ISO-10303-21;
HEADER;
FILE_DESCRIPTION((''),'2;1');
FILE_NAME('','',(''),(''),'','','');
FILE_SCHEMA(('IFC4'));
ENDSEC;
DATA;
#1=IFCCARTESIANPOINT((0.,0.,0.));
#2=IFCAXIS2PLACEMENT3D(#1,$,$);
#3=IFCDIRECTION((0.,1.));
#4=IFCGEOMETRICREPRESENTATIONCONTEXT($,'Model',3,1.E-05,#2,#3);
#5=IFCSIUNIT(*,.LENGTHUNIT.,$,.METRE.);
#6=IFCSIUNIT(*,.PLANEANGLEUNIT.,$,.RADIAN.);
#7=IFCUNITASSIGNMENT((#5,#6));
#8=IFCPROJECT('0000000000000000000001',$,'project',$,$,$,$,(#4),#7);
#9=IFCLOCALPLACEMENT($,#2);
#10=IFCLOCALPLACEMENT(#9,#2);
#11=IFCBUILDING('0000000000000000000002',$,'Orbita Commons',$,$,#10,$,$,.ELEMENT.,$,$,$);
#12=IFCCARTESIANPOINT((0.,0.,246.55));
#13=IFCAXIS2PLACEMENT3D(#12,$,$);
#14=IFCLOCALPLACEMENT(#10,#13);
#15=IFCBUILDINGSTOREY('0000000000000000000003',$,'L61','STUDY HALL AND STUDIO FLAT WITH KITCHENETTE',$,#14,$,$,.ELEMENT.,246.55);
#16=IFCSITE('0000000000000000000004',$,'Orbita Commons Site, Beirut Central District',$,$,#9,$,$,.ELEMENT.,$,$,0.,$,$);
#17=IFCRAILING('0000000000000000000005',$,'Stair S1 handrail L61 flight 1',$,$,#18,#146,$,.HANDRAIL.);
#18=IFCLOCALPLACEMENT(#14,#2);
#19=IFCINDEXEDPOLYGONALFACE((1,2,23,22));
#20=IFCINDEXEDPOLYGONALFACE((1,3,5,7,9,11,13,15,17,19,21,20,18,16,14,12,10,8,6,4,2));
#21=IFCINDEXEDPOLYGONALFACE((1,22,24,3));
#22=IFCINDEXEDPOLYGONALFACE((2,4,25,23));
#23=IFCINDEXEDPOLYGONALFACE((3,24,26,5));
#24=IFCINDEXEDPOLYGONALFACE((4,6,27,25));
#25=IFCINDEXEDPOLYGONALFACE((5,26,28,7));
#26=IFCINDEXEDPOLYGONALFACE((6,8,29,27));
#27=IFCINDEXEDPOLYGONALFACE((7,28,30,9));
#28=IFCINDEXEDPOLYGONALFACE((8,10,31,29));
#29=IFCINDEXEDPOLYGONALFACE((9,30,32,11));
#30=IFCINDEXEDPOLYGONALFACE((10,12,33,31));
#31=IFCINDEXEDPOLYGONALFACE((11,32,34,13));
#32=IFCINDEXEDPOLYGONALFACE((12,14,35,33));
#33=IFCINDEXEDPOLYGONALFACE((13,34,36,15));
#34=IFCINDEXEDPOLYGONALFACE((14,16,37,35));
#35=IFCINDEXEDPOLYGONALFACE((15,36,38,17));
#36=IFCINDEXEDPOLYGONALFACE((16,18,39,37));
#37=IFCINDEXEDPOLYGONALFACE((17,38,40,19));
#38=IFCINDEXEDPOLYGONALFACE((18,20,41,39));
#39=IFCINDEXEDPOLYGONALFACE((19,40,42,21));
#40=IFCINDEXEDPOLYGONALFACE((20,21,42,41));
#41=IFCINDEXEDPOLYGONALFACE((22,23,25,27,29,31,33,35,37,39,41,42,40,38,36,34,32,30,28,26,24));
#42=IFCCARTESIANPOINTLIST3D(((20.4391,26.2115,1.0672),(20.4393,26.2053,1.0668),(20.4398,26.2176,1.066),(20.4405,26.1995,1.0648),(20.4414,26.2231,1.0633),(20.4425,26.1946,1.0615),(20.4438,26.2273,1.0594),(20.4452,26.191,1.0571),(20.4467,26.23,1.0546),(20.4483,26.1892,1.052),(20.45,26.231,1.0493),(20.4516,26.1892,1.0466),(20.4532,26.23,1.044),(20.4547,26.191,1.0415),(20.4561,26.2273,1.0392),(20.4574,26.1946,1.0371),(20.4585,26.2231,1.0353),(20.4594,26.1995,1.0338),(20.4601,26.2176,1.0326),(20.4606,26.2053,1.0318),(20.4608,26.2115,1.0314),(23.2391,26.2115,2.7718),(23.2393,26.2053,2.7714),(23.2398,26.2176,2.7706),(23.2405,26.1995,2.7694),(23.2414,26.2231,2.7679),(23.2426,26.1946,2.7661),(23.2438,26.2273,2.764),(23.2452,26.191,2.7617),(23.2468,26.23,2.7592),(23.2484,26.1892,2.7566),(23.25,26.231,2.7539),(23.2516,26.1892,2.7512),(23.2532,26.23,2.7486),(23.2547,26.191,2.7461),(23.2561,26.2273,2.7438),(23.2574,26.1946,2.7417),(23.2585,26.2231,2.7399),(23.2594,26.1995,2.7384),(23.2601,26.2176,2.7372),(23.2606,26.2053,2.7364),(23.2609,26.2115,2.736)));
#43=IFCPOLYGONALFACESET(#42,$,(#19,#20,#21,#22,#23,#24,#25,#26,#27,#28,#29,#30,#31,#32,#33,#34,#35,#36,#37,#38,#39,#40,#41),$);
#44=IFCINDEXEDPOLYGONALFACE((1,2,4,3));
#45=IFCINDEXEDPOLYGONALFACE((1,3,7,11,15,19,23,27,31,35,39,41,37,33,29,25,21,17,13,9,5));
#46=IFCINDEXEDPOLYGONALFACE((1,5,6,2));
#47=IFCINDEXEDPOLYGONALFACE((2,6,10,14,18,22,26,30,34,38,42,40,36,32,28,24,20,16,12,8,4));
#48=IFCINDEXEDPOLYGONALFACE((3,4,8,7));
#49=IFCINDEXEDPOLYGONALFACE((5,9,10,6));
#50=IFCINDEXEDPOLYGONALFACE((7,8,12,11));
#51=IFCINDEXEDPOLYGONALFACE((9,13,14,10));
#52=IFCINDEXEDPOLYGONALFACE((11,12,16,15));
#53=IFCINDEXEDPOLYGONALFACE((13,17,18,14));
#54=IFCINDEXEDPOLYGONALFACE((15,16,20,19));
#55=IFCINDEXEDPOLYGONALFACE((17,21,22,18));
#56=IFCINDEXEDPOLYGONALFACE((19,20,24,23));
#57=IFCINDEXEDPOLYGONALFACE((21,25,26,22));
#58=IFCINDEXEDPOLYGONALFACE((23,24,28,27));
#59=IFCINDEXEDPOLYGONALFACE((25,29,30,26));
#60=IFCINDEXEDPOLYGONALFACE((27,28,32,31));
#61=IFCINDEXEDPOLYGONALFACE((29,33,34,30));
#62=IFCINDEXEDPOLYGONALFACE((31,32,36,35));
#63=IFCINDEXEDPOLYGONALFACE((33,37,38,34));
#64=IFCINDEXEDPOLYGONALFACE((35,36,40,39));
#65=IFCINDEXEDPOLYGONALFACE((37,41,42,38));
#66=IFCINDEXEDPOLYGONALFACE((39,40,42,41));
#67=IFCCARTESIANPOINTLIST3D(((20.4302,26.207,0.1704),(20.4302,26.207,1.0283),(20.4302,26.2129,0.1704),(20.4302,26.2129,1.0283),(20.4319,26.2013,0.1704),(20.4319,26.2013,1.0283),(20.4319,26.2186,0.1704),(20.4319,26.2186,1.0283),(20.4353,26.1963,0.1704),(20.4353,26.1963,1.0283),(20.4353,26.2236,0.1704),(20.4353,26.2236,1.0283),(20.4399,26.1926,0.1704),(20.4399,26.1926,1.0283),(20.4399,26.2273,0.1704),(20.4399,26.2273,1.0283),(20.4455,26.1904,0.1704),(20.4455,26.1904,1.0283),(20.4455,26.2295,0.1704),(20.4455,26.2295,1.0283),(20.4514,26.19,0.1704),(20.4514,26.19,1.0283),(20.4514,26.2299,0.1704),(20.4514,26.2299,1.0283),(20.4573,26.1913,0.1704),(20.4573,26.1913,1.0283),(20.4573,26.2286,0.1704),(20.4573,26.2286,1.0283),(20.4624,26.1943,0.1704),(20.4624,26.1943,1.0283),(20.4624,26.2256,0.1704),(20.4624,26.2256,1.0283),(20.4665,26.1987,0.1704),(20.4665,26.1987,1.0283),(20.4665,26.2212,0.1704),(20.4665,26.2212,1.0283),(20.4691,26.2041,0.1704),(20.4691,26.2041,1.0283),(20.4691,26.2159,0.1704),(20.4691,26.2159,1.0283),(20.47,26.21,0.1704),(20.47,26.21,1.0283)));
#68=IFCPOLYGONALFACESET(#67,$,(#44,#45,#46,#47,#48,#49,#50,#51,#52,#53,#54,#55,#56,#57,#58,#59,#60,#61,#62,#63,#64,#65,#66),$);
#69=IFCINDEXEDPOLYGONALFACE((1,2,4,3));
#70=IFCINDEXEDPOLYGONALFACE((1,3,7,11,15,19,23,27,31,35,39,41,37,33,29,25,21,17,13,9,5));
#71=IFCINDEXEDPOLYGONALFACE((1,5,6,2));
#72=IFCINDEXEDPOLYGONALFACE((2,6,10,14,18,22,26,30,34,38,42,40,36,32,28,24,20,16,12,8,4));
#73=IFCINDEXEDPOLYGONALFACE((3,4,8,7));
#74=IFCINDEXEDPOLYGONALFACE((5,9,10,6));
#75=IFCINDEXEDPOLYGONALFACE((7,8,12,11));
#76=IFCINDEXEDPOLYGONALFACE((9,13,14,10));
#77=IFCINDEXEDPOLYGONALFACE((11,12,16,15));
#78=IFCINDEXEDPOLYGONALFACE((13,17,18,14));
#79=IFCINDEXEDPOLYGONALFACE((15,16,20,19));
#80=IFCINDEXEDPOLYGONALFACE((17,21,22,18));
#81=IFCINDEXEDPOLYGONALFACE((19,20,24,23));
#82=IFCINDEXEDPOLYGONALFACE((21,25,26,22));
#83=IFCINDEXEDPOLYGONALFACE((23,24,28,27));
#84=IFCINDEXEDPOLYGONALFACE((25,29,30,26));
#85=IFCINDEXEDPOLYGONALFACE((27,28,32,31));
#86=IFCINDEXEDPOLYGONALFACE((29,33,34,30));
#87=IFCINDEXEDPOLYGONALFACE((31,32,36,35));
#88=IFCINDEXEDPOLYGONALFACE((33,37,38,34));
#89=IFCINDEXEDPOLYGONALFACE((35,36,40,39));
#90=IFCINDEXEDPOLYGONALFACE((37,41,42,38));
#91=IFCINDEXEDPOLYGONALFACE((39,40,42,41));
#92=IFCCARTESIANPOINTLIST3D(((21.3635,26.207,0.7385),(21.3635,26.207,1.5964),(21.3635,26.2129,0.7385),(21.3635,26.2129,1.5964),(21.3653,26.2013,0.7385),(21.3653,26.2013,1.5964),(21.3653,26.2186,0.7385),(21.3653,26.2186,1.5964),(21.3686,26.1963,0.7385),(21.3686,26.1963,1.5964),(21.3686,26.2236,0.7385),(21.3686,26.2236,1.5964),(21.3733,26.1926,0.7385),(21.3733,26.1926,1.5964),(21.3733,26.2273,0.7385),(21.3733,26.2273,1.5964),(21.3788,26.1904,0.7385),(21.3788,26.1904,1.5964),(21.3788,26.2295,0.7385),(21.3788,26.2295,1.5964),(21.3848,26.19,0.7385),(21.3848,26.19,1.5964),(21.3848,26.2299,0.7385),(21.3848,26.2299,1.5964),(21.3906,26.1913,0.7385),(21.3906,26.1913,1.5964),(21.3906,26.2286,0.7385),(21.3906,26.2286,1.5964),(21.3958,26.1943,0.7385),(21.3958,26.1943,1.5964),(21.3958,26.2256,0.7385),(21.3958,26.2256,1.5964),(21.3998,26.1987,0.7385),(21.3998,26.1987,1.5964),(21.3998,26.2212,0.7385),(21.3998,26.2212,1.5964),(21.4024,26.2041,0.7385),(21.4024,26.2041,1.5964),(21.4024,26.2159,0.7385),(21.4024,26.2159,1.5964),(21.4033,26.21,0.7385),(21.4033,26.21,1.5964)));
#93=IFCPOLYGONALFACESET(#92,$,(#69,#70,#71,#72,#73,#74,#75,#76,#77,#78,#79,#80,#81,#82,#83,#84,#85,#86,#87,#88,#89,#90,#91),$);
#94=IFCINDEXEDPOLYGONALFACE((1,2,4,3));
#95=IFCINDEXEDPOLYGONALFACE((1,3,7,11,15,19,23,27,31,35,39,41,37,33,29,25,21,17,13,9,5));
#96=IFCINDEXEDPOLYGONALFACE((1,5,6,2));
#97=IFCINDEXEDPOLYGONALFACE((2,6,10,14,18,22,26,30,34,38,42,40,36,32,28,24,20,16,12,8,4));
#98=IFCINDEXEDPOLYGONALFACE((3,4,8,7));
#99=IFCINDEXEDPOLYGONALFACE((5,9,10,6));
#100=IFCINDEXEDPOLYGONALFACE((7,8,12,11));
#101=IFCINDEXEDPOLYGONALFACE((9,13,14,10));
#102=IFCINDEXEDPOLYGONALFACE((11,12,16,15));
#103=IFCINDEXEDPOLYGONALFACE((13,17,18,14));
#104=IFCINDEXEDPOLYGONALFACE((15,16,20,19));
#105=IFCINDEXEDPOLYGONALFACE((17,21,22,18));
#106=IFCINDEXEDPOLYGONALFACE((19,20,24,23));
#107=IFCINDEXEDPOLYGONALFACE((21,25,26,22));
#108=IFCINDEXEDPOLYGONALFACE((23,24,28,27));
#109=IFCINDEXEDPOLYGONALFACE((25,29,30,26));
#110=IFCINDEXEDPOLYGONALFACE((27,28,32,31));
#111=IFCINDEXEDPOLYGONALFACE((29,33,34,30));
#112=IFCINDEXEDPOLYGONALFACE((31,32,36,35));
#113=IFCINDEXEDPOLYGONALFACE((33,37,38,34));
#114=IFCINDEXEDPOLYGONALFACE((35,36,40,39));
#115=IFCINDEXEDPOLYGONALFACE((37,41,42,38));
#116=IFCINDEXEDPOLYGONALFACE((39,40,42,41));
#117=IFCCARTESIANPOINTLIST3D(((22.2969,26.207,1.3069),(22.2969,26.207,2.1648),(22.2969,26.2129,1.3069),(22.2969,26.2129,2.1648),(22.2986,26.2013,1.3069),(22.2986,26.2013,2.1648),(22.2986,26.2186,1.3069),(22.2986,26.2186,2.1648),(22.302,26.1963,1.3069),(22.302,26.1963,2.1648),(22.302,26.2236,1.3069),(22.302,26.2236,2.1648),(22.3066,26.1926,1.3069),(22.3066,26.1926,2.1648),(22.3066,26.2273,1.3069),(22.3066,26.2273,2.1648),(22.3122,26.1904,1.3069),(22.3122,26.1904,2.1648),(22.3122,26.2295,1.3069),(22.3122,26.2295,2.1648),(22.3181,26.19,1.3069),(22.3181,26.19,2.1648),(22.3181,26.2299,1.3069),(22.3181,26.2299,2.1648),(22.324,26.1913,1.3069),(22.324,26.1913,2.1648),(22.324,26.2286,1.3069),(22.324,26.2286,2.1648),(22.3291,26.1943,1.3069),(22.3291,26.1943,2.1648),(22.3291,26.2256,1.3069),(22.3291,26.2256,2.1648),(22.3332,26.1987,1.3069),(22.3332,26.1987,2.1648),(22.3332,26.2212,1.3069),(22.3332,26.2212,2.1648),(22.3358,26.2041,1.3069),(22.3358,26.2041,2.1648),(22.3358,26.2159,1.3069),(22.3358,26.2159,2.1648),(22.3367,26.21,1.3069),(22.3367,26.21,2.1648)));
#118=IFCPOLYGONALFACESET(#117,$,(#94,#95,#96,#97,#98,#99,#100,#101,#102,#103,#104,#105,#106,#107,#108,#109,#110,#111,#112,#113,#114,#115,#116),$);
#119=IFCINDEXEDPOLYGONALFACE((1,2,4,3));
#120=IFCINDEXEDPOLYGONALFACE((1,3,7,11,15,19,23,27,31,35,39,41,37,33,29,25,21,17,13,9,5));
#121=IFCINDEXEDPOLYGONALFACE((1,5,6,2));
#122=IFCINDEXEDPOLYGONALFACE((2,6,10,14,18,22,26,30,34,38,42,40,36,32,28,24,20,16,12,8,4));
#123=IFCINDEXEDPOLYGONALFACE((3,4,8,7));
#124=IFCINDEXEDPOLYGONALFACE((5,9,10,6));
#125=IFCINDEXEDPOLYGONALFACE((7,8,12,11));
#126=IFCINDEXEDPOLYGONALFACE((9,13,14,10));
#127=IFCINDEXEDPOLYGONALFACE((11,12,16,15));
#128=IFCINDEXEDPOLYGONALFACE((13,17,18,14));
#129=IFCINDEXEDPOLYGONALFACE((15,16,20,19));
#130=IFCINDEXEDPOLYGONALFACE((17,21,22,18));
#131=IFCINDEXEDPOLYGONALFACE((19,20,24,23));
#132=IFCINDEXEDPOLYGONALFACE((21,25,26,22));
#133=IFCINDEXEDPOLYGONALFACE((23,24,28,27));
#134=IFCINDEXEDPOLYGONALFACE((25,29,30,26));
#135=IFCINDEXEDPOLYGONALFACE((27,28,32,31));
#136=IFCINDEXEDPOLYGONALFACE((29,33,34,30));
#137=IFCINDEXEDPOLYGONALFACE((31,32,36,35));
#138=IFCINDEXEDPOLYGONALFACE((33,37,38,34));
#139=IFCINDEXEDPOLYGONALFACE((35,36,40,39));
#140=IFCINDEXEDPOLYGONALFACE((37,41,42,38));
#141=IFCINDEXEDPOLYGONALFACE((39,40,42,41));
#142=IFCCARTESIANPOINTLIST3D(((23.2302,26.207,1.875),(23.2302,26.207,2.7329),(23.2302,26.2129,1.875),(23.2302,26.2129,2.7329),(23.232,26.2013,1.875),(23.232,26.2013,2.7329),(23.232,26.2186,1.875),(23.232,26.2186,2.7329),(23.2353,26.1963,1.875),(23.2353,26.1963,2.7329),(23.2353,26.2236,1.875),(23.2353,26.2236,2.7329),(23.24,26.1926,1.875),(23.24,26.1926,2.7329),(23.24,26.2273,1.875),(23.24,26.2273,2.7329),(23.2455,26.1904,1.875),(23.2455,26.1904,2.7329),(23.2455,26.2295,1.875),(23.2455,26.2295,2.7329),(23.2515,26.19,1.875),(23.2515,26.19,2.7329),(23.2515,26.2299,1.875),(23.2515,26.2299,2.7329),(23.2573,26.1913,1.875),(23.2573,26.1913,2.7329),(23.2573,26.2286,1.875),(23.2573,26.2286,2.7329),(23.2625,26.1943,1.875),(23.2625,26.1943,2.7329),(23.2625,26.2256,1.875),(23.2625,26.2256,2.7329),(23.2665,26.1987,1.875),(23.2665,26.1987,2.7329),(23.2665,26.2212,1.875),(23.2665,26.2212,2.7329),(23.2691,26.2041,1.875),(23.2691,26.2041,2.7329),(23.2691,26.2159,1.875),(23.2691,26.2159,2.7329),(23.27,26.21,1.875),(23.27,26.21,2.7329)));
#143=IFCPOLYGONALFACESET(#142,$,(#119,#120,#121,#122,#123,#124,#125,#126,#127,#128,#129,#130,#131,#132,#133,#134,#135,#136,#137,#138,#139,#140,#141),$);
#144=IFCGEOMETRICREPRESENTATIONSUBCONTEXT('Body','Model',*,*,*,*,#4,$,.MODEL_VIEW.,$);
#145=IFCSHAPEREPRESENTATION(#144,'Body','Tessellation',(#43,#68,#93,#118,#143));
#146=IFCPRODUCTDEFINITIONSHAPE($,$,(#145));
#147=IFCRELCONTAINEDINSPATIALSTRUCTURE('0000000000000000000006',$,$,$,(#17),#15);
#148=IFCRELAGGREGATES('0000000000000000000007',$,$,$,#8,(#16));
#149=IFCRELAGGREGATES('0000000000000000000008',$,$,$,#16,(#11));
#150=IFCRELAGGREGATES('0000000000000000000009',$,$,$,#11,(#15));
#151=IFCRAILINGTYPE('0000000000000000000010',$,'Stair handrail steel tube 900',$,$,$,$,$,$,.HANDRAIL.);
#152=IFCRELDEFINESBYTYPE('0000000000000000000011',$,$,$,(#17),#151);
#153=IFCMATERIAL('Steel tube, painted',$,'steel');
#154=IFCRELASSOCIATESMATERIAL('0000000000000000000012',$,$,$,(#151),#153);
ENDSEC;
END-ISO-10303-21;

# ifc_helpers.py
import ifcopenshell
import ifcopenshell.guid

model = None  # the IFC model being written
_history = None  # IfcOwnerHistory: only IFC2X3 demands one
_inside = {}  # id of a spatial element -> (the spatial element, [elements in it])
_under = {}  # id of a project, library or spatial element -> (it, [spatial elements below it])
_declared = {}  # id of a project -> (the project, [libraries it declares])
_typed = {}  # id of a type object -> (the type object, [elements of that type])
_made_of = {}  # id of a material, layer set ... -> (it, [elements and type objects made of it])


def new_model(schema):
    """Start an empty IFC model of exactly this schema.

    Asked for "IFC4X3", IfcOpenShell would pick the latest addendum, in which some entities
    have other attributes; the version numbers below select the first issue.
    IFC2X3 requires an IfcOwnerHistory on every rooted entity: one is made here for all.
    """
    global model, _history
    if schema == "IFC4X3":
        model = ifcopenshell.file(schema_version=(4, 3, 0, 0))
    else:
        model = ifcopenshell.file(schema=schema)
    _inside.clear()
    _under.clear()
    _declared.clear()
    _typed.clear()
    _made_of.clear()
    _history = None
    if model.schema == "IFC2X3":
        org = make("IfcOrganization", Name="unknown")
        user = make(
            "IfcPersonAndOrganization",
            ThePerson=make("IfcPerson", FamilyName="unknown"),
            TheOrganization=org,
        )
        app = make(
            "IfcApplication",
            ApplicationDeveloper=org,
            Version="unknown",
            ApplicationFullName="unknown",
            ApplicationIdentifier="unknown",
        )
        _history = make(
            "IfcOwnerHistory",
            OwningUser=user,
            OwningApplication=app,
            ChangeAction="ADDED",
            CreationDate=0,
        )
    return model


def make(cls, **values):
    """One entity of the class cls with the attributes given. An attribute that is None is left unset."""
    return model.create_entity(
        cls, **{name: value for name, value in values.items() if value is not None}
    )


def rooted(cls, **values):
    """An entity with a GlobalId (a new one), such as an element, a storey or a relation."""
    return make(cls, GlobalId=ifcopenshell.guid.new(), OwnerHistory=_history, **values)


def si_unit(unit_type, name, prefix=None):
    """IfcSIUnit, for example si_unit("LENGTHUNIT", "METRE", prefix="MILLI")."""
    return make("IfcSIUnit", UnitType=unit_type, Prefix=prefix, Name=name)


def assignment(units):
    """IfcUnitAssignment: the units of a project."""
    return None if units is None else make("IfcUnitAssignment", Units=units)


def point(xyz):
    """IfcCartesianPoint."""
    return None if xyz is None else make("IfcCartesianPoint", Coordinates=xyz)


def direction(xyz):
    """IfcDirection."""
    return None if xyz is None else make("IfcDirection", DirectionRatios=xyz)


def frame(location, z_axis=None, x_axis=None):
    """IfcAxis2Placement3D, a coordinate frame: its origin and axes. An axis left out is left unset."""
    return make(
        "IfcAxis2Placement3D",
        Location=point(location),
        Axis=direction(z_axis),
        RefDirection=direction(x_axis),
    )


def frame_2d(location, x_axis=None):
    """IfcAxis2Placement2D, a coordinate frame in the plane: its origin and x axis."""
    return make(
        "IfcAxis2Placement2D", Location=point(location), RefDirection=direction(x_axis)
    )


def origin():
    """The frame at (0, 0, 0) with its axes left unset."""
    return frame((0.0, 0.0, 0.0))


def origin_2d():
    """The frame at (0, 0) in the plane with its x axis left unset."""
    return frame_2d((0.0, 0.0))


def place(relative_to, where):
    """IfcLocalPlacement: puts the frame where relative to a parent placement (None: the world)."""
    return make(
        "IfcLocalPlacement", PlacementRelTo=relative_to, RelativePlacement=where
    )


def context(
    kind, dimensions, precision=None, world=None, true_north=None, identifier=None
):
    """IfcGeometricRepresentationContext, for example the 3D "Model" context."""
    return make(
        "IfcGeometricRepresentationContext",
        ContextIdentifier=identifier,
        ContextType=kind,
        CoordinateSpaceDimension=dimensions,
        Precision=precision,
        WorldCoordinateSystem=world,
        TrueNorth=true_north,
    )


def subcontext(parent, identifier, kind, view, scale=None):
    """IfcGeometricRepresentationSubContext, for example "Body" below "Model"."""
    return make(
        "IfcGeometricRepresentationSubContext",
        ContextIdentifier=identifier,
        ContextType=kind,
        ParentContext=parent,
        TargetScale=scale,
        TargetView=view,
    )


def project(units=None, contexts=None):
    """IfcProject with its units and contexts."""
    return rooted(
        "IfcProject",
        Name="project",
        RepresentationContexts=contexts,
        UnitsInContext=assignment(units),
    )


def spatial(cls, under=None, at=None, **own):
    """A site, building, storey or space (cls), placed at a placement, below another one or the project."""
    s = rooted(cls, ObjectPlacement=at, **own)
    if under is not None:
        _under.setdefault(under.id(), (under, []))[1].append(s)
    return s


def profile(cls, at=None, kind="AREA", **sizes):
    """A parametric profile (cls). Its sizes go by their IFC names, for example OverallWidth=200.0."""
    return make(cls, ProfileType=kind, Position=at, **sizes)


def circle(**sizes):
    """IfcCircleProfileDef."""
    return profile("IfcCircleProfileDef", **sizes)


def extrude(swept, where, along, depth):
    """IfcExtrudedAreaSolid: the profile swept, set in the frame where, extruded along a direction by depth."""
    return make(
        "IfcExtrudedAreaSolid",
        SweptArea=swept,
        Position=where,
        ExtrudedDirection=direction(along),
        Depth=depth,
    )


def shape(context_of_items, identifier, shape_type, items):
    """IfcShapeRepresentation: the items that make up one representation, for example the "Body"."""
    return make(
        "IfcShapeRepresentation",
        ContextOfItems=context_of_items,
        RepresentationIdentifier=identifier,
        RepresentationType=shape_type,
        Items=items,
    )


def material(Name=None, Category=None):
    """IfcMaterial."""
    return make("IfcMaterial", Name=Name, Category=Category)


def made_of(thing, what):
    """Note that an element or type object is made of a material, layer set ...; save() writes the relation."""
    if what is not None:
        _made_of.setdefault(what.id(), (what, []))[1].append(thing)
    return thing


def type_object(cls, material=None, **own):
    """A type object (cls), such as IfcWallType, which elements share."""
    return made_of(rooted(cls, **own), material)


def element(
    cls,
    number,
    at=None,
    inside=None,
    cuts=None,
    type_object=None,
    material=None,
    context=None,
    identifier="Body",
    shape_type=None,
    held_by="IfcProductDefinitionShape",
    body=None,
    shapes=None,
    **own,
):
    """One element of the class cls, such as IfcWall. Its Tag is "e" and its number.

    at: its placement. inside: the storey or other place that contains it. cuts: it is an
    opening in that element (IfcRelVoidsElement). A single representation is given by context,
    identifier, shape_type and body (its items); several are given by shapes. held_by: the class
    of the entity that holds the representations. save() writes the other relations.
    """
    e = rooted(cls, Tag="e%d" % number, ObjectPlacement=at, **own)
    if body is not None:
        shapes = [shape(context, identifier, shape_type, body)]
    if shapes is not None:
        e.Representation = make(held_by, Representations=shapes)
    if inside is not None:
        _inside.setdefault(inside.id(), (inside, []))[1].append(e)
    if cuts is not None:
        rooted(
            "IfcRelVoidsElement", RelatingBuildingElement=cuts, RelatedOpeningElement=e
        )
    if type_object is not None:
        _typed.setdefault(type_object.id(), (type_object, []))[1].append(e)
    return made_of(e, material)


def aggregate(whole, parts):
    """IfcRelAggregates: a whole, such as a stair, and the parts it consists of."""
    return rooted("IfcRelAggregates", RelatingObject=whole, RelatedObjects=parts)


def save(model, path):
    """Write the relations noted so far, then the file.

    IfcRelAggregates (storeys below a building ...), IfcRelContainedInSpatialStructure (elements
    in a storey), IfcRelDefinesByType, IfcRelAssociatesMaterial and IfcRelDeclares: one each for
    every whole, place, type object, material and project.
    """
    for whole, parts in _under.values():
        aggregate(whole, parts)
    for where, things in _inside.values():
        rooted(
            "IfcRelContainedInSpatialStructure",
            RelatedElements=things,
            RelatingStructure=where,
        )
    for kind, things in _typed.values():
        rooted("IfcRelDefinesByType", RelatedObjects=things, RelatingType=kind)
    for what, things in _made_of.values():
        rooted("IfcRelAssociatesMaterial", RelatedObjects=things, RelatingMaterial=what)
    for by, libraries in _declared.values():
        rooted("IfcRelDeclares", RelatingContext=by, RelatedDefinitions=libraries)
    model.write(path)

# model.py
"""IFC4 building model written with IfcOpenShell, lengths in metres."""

from ifc_helpers import new_model, si_unit, direction, frame, origin, origin_2d, place, context, subcontext, project, spatial, circle, extrude, material, type_object, element, save


model = new_model("IFC4")

# Units and contexts
model_context = context("Model", 3, precision=1e-05, world=origin(), true_north=direction((0.0, 1.0)))
body_context = subcontext(model_context, "Body", "Model", "MODEL_VIEW")
ifc_project = project(units=[si_unit("LENGTHUNIT", "METRE"), si_unit("PLANEANGLEUNIT", "RADIAN")], contexts=[model_context])

# Site, building, storey
site_placement = place(None, origin())
site = spatial("IfcSite", under=ifc_project, at=site_placement, Name="Orbita Commons Site, Beirut Central District", CompositionType="ELEMENT", RefElevation=0.0)
building_placement = place(site_placement, origin())
building = spatial("IfcBuilding", under=site, at=building_placement, Name="Orbita Commons", CompositionType="ELEMENT")
storey_placement = place(building_placement, frame((0.0, 0.0, 246.55)))
storey = spatial("IfcBuildingStorey", under=building, at=storey_placement, Name="L61", Description="STUDY HALL AND STUDIO FLAT WITH KITCHENETTE", CompositionType="ELEMENT", Elevation=246.55)

# Railing
ifc_material_1 = material(Name="Steel tube, painted", Category="steel")
railing_type = type_object("IfcRailingType", Name="Stair handrail steel tube 900", PredefinedType="HANDRAIL", material=ifc_material_1)
for number, where, name in (
    (1, (20.45, 26.21, 0.1704), "Stair S1 handrail L61 flight 1"),
):
    element("IfcRailing", number, at=place(storey_placement, frame(where)), inside=storey, type_object=railing_type, Name=name, PredefinedType="HANDRAIL", context=body_context, shape_type="SweptSolid", body=[
        extrude(circle(Radius=0.021, at=origin_2d()), frame((0.0, 0.0, 0.8789), z_axis=(0.85417, 0.0, 0.519994), x_axis=(0.0, 1.0, 0.0)), (0.0, 0.0, 1.0), 3.2781),
        extrude(circle(Radius=0.02, at=origin_2d()), origin(), (0.0, 0.0, 1.0), 0.8579),
        extrude(circle(Radius=0.02, at=origin_2d()), frame((0.9333, 0.0, 0.5681)), (0.0, 0.0, 1.0), 0.8579),
        extrude(circle(Radius=0.02, at=origin_2d()), frame((1.8667, 0.0, 1.1365)), (0.0, 0.0, 1.0), 0.8579),
        extrude(circle(Radius=0.02, at=origin_2d()), frame((2.8, 0.0, 1.7046)), (0.0, 0.0, 1.0), 0.8579),
    ])

save(model, "model.ifc")
